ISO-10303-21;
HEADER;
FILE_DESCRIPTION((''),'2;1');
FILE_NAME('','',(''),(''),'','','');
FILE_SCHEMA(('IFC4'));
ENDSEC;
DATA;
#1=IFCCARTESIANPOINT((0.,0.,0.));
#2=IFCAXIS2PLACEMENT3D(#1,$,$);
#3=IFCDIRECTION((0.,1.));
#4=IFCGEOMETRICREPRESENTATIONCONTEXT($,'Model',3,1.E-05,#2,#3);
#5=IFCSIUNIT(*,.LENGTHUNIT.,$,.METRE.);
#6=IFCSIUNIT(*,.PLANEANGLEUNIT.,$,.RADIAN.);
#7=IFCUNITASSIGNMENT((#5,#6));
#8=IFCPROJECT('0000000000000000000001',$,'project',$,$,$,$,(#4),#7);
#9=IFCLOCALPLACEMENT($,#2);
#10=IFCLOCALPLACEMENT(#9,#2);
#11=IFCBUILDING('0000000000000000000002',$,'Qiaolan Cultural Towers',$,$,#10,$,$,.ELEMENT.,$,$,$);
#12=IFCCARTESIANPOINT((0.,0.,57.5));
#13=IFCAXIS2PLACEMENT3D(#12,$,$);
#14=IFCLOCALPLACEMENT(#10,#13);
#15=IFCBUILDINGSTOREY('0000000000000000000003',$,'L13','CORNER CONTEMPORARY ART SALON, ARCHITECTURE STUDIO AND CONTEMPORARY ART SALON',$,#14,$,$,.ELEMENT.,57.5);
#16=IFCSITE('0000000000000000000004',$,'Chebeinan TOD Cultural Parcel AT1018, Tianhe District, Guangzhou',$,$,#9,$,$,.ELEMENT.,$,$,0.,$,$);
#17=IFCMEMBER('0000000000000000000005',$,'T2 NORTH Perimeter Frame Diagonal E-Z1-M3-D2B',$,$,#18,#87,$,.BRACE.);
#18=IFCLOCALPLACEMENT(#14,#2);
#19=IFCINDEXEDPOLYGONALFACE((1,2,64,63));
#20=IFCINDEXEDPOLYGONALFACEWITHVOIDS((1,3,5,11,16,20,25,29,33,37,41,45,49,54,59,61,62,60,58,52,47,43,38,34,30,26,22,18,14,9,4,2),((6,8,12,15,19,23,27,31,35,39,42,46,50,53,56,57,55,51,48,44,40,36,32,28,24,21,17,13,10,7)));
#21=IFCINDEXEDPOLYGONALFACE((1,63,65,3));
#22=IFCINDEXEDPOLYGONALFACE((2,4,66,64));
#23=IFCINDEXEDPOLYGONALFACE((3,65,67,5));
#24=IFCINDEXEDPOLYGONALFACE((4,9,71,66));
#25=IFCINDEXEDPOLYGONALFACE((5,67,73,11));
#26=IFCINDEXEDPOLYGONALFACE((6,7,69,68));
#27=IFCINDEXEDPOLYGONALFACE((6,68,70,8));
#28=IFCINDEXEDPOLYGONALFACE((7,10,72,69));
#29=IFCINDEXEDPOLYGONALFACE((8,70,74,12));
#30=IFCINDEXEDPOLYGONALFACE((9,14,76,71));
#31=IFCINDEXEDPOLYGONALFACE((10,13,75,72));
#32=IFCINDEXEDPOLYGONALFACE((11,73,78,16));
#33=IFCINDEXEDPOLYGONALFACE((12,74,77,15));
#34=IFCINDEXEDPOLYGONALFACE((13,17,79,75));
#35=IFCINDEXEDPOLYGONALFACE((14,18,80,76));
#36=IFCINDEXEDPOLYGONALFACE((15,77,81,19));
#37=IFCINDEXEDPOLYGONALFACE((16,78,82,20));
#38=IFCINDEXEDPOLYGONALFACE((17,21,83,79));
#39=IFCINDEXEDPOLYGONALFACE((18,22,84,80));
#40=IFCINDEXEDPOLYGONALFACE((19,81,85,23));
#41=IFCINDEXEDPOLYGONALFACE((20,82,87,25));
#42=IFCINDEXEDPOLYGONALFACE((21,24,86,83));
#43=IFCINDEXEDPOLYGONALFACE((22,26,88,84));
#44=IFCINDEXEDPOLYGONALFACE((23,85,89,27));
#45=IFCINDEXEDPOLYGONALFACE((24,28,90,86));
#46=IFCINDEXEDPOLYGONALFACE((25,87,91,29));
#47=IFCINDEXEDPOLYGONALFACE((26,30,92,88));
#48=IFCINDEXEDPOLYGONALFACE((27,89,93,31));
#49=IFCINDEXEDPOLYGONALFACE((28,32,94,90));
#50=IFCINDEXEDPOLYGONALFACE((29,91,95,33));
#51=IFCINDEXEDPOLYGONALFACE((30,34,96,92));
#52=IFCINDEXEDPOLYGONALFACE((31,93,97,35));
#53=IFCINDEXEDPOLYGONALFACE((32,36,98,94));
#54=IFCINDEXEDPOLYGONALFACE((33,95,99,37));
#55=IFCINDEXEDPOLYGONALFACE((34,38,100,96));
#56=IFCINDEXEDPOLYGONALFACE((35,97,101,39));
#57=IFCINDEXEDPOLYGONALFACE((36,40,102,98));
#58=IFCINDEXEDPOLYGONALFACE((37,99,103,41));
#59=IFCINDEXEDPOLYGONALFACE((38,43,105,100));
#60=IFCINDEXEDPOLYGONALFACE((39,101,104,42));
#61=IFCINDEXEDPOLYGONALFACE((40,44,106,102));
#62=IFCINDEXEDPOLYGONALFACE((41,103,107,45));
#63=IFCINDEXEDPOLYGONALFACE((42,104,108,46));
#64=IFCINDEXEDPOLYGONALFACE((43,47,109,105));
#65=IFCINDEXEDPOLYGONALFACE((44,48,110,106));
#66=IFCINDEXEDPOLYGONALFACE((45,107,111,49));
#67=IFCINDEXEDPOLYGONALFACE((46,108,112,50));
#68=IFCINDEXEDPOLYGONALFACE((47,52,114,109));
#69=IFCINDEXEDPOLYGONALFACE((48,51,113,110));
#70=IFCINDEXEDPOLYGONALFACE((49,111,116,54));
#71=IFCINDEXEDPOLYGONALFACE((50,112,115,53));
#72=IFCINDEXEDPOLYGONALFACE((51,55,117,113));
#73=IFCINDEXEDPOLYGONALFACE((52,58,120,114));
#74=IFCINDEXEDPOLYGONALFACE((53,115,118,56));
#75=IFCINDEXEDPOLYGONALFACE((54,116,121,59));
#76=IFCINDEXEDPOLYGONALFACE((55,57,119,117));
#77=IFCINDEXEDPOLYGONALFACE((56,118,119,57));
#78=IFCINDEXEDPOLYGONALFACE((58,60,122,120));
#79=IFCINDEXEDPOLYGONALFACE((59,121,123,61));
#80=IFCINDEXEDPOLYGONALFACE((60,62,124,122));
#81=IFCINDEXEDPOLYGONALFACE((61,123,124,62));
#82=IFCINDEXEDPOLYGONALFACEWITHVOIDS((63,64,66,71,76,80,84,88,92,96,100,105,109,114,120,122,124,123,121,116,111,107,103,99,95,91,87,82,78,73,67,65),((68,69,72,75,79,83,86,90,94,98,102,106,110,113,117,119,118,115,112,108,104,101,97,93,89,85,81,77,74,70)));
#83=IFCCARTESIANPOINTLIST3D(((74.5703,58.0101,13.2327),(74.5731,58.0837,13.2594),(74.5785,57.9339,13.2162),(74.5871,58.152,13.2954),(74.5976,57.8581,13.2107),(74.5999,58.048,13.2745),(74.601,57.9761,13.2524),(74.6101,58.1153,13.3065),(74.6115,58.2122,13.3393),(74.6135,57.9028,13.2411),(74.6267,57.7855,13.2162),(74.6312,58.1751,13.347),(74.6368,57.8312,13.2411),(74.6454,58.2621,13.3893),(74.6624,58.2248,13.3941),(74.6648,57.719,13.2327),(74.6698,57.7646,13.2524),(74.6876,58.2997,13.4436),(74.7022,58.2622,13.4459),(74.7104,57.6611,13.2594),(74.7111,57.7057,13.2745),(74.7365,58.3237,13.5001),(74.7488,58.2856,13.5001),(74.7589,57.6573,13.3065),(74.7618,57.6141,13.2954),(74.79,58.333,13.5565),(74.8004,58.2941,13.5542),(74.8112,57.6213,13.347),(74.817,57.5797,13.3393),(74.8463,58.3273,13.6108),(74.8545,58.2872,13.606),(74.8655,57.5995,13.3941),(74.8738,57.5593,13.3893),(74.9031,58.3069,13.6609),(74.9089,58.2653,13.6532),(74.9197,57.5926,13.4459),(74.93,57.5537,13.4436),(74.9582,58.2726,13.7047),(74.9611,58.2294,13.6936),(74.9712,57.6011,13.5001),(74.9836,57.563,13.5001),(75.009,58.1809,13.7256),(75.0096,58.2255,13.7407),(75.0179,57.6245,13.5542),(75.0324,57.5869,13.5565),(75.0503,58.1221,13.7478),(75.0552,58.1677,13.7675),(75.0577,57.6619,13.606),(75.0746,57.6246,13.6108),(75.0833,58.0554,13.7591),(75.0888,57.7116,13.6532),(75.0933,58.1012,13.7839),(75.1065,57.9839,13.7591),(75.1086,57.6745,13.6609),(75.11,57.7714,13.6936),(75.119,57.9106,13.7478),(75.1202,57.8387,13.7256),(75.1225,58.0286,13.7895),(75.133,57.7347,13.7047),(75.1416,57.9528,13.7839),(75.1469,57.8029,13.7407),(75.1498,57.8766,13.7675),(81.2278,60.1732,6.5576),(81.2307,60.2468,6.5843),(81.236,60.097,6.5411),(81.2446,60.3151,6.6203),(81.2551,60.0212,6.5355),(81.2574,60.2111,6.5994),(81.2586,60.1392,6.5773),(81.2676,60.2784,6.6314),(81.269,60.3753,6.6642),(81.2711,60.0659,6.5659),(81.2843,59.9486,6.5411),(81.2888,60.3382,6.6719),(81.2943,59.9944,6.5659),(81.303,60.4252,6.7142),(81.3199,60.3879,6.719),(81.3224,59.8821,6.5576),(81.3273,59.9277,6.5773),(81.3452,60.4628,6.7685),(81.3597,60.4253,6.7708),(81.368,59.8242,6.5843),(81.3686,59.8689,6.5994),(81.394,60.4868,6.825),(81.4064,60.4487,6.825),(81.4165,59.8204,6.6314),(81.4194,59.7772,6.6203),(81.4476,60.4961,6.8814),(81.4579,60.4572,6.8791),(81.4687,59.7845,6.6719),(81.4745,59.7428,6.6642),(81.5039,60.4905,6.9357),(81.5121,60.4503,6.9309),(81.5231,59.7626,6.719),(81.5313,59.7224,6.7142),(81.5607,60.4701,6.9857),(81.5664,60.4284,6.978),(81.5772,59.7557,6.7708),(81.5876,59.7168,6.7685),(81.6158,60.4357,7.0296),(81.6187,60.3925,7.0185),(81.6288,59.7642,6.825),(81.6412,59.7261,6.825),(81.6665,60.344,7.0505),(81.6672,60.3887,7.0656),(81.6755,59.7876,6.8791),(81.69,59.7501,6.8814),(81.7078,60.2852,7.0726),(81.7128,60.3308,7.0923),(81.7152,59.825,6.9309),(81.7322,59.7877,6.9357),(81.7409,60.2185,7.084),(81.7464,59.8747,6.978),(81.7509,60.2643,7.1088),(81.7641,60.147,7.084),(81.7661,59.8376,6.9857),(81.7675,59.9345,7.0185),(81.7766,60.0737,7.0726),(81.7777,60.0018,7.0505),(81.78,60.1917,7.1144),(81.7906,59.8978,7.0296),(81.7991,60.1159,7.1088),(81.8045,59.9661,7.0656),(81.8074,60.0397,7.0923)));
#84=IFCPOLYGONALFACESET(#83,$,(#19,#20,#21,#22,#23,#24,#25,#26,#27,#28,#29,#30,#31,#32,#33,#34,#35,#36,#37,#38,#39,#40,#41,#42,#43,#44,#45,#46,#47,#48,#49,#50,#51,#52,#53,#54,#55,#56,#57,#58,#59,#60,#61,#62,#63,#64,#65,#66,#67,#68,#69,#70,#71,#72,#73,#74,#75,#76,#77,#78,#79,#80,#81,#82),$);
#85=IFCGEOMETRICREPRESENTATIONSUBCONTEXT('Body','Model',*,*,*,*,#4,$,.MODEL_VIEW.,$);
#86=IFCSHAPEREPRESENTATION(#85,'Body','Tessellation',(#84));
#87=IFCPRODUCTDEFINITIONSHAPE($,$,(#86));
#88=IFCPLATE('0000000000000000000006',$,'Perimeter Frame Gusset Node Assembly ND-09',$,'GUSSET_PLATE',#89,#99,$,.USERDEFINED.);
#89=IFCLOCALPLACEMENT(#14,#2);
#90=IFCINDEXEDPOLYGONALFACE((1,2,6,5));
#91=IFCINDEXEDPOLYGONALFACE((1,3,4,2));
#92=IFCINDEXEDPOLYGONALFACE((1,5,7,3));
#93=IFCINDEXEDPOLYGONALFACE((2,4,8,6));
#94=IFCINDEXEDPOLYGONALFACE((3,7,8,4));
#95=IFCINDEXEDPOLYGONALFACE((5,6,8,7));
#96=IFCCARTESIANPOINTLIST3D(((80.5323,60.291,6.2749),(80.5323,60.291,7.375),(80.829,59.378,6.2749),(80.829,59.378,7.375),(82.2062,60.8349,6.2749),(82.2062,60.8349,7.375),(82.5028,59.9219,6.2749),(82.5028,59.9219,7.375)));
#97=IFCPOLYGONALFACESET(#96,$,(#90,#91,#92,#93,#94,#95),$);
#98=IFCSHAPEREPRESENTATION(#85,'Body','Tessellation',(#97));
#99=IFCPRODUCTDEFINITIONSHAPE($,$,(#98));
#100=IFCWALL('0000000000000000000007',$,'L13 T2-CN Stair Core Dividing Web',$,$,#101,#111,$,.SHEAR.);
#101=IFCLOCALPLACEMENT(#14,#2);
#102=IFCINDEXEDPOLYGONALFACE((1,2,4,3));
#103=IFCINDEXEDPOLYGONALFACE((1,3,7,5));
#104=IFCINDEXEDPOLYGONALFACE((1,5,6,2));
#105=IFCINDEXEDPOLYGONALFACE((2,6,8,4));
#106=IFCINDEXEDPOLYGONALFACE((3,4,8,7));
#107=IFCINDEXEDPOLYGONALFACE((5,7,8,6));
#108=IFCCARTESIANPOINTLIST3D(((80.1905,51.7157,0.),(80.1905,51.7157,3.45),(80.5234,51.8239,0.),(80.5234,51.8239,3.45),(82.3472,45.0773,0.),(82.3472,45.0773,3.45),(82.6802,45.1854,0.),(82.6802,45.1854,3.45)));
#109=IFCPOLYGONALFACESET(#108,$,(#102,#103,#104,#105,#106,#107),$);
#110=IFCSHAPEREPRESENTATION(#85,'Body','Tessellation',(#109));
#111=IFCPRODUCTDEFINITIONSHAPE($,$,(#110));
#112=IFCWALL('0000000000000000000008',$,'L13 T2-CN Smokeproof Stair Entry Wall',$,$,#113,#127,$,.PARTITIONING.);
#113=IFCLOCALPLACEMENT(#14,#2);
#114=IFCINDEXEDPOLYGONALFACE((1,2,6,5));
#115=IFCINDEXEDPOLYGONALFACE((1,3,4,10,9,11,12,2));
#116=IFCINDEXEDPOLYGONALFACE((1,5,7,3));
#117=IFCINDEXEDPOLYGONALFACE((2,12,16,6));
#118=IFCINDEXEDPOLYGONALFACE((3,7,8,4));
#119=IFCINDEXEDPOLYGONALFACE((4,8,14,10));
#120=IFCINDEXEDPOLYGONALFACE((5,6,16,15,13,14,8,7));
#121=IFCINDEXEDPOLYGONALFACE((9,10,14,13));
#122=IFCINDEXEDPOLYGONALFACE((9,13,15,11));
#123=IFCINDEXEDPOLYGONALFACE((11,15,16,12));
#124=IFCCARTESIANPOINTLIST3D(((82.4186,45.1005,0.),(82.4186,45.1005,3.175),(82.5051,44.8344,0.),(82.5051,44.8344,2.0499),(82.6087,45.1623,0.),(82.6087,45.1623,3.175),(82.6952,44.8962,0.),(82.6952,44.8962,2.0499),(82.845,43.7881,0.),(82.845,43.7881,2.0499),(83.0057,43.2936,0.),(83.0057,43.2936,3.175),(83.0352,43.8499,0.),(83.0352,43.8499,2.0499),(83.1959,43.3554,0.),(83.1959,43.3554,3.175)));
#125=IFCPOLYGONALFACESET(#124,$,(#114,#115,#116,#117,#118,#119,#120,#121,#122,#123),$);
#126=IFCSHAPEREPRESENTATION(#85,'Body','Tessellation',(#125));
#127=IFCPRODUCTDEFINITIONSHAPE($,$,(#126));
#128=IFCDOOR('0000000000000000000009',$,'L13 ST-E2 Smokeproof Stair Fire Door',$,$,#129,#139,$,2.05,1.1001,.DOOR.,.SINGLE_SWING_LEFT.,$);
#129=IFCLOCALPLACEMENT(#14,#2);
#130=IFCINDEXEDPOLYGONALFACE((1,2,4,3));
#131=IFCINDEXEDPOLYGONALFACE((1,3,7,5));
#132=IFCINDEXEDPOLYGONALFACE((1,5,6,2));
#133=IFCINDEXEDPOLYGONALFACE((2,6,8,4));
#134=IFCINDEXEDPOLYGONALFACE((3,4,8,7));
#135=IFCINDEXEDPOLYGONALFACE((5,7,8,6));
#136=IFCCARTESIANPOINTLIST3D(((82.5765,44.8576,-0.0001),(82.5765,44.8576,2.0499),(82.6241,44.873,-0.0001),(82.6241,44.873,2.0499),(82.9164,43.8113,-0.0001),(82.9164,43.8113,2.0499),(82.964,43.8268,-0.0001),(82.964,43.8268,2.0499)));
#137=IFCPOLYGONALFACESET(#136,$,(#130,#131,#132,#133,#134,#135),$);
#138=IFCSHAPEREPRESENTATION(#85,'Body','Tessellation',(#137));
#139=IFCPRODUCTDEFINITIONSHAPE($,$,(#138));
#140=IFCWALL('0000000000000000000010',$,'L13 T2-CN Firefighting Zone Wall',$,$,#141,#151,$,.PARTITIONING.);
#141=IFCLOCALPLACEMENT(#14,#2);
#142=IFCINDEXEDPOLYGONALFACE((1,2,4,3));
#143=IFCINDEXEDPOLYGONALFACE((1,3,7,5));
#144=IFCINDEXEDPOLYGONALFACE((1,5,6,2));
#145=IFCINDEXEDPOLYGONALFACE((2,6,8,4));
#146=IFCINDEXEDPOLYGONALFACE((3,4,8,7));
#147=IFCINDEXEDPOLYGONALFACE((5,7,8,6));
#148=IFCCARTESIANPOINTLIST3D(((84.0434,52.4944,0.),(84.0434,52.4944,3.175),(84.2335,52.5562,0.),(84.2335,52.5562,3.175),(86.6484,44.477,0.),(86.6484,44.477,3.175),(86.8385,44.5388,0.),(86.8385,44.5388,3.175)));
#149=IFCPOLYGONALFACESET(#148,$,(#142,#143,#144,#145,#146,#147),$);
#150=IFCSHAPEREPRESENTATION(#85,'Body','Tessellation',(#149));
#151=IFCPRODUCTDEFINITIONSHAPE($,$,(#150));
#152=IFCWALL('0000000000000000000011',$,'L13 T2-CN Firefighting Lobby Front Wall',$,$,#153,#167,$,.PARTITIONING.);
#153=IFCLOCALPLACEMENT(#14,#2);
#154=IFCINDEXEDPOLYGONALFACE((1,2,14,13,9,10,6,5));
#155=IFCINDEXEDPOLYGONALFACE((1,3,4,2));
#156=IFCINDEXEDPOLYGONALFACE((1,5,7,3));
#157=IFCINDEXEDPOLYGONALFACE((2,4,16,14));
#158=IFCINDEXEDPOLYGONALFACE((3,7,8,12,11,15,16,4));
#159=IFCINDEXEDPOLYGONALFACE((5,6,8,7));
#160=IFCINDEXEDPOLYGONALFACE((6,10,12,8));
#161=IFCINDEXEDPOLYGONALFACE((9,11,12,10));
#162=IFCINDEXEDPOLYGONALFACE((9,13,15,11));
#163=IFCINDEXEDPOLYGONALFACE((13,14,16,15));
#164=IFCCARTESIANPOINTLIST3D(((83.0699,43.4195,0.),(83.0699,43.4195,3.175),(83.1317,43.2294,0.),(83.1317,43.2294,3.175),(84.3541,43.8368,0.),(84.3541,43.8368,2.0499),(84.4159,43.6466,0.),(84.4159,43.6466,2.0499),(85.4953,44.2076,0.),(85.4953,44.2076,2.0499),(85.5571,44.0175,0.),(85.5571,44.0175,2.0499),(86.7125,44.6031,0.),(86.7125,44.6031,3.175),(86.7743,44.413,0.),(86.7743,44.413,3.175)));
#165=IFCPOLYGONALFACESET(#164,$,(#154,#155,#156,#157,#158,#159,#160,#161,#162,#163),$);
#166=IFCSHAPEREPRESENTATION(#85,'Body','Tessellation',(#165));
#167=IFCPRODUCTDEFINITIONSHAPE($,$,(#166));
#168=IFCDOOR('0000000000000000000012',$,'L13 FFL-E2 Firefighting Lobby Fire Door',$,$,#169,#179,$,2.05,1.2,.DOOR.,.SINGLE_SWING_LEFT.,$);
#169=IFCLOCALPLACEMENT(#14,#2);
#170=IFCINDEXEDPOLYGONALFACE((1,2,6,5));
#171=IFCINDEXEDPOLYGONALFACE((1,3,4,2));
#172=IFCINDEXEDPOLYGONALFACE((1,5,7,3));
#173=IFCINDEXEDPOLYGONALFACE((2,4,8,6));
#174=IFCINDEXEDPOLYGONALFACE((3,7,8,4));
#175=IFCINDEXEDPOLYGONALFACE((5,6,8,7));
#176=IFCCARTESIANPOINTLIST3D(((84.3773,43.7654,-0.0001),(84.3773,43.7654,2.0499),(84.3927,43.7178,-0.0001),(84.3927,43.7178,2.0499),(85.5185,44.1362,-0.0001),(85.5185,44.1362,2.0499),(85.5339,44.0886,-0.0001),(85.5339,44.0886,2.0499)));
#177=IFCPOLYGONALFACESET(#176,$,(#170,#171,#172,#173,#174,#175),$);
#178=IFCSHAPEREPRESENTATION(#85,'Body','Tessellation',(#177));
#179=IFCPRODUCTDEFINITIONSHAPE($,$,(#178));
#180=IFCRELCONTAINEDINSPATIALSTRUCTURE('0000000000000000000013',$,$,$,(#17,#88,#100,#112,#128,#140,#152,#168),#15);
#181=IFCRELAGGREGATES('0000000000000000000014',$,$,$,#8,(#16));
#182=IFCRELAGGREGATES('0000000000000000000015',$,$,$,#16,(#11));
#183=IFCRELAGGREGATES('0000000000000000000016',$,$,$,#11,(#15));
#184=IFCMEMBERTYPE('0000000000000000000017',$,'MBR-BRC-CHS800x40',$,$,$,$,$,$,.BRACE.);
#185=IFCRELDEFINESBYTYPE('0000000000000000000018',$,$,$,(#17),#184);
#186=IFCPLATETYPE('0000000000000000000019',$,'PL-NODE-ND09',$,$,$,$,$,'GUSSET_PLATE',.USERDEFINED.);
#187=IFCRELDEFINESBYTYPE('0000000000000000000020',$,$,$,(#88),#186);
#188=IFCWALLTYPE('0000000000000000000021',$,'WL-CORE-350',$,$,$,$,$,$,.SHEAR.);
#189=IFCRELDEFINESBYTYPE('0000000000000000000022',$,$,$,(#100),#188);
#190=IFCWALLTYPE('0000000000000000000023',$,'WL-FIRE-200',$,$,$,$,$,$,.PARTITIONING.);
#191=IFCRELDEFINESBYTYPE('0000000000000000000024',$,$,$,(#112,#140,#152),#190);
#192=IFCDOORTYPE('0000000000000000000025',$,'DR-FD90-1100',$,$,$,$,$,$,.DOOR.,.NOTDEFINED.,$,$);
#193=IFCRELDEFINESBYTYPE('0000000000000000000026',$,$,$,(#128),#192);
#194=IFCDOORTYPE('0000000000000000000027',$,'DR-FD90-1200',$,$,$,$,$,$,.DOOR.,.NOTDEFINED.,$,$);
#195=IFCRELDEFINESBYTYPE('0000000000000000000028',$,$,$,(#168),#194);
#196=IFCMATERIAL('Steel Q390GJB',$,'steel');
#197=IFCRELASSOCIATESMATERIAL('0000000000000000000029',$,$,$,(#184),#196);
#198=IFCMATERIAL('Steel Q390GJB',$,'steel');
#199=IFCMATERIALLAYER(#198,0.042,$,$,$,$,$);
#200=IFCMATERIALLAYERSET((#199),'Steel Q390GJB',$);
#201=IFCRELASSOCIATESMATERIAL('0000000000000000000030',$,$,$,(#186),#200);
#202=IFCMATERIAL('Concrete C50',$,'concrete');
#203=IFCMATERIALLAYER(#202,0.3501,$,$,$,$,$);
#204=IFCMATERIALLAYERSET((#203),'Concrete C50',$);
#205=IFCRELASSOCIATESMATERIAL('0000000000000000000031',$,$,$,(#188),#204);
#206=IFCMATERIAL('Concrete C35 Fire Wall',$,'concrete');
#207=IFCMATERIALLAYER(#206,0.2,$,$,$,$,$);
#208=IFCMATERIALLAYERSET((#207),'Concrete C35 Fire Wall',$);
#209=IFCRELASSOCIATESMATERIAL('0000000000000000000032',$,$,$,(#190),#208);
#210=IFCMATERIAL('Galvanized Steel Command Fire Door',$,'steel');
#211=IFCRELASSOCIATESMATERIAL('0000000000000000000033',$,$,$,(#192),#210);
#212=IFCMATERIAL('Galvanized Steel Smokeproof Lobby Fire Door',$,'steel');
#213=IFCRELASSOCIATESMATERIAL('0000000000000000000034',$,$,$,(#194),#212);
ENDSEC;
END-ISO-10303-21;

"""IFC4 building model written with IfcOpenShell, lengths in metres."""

from ifc_helpers import new_model, si_unit, direction, frame, frame_2d, origin, origin_2d, place, context, subcontext, project, spatial, rectangle, hollow_circle, extrude, material, layer, layer_set, material_profile, profile_set, type_object, element, fill, save


model = new_model("IFC4")

# Units and contexts
model_context = context("Model", 3, precision=1e-05, world=origin(), true_north=direction((0.0, 1.0)))
body_context = subcontext(model_context, "Body", "Model", "MODEL_VIEW")
ifc_project = project(units=[si_unit("LENGTHUNIT", "METRE"), si_unit("PLANEANGLEUNIT", "RADIAN")], contexts=[model_context])

# Site, building, storey
site_placement = place(None, origin())
site = spatial("IfcSite", under=ifc_project, at=site_placement, Name="Chebeinan TOD Cultural Parcel AT1018, Tianhe District, Guangzhou", CompositionType="ELEMENT", RefElevation=0.0)
building_placement = place(site_placement, origin())
building = spatial("IfcBuilding", under=site, at=building_placement, Name="Qiaolan Cultural Towers", CompositionType="ELEMENT")
storey_placement = place(building_placement, frame((0.0, 0.0, 57.5)))
storey = spatial("IfcBuildingStorey", under=building, at=storey_placement, Name="L13", Description="CORNER CONTEMPORARY ART SALON, ARCHITECTURE STUDIO AND CONTEMPORARY ART SALON", CompositionType="ELEMENT", Elevation=57.5)

# Member
ifc_material_1 = material(Name="Steel Q390GJB", Category="steel")
ifc_material_profile_1 = material_profile(ifc_material_1, hollow_circle(Radius=0.3999, WallThickness=0.04, at=origin_2d()), Name="CHS800x40")
ifc_profile_set_1 = profile_set([ifc_material_profile_1], Name="Steel Q390GJB")
member_type = type_object("IfcMemberType", Name="MBR-BRC-CHS800x40", PredefinedType="BRACE", material=ifc_profile_set_1)
member_placement = place(storey_placement, frame((81.5176, 60.1064, 6.825), z_axis=(-0.688289, -0.223633, 0.690106), x_axis=(0.30901, -0.951059, 0.0)))
element("IfcMember", 1, at=member_placement, inside=storey, type_object=member_type, Name="T2 NORTH Perimeter Frame Diagonal E-Z1-M3-D2B", PredefinedType="BRACE", context=body_context, shape_type="SweptSolid", body=[
    extrude(hollow_circle(Radius=0.3999, WallThickness=0.04, at=origin_2d()), origin(), (0.0, 0.0, 1.0), 9.6726),
])

# Plate
ifc_material_2 = material(Name="Steel Q390GJB", Category="steel")
ifc_layer_1 = layer(ifc_material_2, 0.042)
ifc_layer_set_1 = layer_set([ifc_layer_1], Name="Steel Q390GJB")
plate_type = type_object("IfcPlateType", Name="PL-NODE-ND09", ElementType="GUSSET_PLATE", PredefinedType="USERDEFINED", material=ifc_layer_set_1)
plate_placement = place(storey_placement, frame((81.5176, 60.1064, 6.2749), z_axis=(0.0, 0.0, 1.0), x_axis=(0.951057, 0.309017, 0.0)))
element("IfcPlate", 2, at=plate_placement, inside=storey, type_object=plate_type, Name="Perimeter Frame Gusset Node Assembly ND-09", ObjectType="GUSSET_PLATE", PredefinedType="USERDEFINED", context=body_context, shape_type="SweptSolid", body=[
    extrude(rectangle(XDim=1.76, YDim=0.96, at=origin_2d()), origin(), (0.0, 0.0, 1.0), 1.1001),
])

# Wall
ifc_material_3 = material(Name="Concrete C50", Category="concrete")
ifc_layer_2 = layer(ifc_material_3, 0.3501)
ifc_layer_set_2 = layer_set([ifc_layer_2], Name="Concrete C50")
wall_type_1 = type_object("IfcWallType", Name="WL-CORE-350", PredefinedType="SHEAR", material=ifc_layer_set_2)
wall_1_placement = place(storey_placement, frame((82.5137, 45.1313, 0.0), z_axis=(0.0, 0.0, 1.0), x_axis=(-0.308989, 0.951066, 0.0)))
element("IfcWall", 3, at=wall_1_placement, inside=storey, type_object=wall_type_1, Name="L13 T2-CN Stair Core Dividing Web", PredefinedType="SHEAR", context=body_context, shape_type="SweptSolid", body=[
    extrude(rectangle(XDim=6.98, YDim=0.3501, at=frame_2d((3.49, 0.0))), origin(), (0.0, 0.0, 1.0), 3.45),
])

# Wall, opening, door
ifc_material_4 = material(Name="Concrete C35 Fire Wall", Category="concrete")
ifc_layer_3 = layer(ifc_material_4, 0.2)
ifc_layer_set_3 = layer_set([ifc_layer_3], Name="Concrete C35 Fire Wall")
wall_type_2 = type_object("IfcWallType", Name="WL-FIRE-200", PredefinedType="PARTITIONING", material=ifc_layer_set_3)
wall_2_placement = place(storey_placement, frame((83.1008, 43.3245, 0.0), z_axis=(0.0, 0.0, 1.0), x_axis=(-0.309048, 0.951046, 0.0)))
wall_2 = element("IfcWall", 4, at=wall_2_placement, inside=storey, type_object=wall_type_2, Name="L13 T2-CN Smokeproof Stair Entry Wall", PredefinedType="PARTITIONING", context=body_context, shape_type="SweptSolid", body=[
    extrude(rectangle(XDim=1.8999, YDim=0.2, at=frame_2d((0.95, 0.0))), origin(), (0.0, 0.0, 1.0), 3.175),
])
opening_1_placement = place(wall_2_placement, frame((0.52, 0.0, 0.0)))
opening_1 = element("IfcOpeningElement", 5, at=opening_1_placement, cuts=wall_2, PredefinedType="OPENING", context=body_context, shape_type="SweptSolid", body=[
    extrude(rectangle(XDim=1.1001, YDim=2.05, at=frame_2d((0.55, 1.0249))), frame((0.0, 0.1099, 0.0), z_axis=(0.0, -1.0, 0.0), x_axis=(1.0, 0.0, 0.0)), (0.0, 0.0, 1.0), 0.22),
])
ifc_material_5 = material(Name="Galvanized Steel Command Fire Door", Category="steel")
door_type_1 = type_object("IfcDoorType", Name="DR-FD90-1100", OperationType="NOTDEFINED", PredefinedType="DOOR", material=ifc_material_5)
door_1_placement = place(opening_1_placement, origin())
door_1 = element("IfcDoor", 6, at=door_1_placement, inside=storey, type_object=door_type_1, Name="L13 ST-E2 Smokeproof Stair Fire Door", OperationType="SINGLE_SWING_LEFT", OverallHeight=2.05, OverallWidth=1.1001, PredefinedType="DOOR", context=body_context, shape_type="SweptSolid", body=[
    extrude(rectangle(XDim=1.1001, YDim=2.05, at=frame_2d((0.55, 1.0249))), frame((0.0, 0.0249, 0.0), z_axis=(0.0, -1.0, 0.0), x_axis=(1.0, 0.0, 0.0)), (0.0, 0.0, 1.0), 0.05),
])
fill(opening_1, door_1)

# Wall
wall_3_placement = place(storey_placement, frame((86.7434, 44.5081, 0.0), z_axis=(0.0, 0.0, 1.0), x_axis=(-0.309016, 0.951057, 0.0)))
element("IfcWall", 7, at=wall_3_placement, inside=storey, type_object=wall_type_2, Name="L13 T2-CN Firefighting Zone Wall", PredefinedType="PARTITIONING", context=body_context, shape_type="SweptSolid", body=[
    extrude(rectangle(XDim=8.4299, YDim=0.2, at=frame_2d((4.2148, 0.0))), origin(), (0.0, 0.0, 1.0), 3.175),
])

# Wall, opening, door
wall_4_placement = place(storey_placement, frame((83.1008, 43.3245, 0.0), z_axis=(0.0, 0.0, 1.0), x_axis=(0.951053, 0.309028, 0.0)))
wall_4 = element("IfcWall", 8, at=wall_4_placement, inside=storey, type_object=wall_type_2, Name="L13 T2-CN Firefighting Lobby Front Wall", PredefinedType="PARTITIONING", context=body_context, shape_type="SweptSolid", body=[
    extrude(rectangle(XDim=3.8301, YDim=0.2, at=frame_2d((1.915, 0.0))), origin(), (0.0, 0.0, 1.0), 3.175),
])
opening_2_placement = place(wall_4_placement, frame((1.3501, 0.0, 0.0)))
opening_2 = element("IfcOpeningElement", 9, at=opening_2_placement, cuts=wall_4, PredefinedType="OPENING", context=body_context, shape_type="SweptSolid", body=[
    extrude(rectangle(XDim=1.2, YDim=2.05, at=frame_2d((0.6001, 1.0249))), frame((0.0, 0.1099, 0.0), z_axis=(0.0, -1.0, 0.0), x_axis=(1.0, 0.0, 0.0)), (0.0, 0.0, 1.0), 0.22),
])
ifc_material_6 = material(Name="Galvanized Steel Smokeproof Lobby Fire Door", Category="steel")
door_type_2 = type_object("IfcDoorType", Name="DR-FD90-1200", OperationType="NOTDEFINED", PredefinedType="DOOR", material=ifc_material_6)
door_2_placement = place(opening_2_placement, origin())
door_2 = element("IfcDoor", 10, at=door_2_placement, inside=storey, type_object=door_type_2, Name="L13 FFL-E2 Firefighting Lobby Fire Door", OperationType="SINGLE_SWING_LEFT", OverallHeight=2.05, OverallWidth=1.2, PredefinedType="DOOR", context=body_context, shape_type="SweptSolid", body=[
    extrude(rectangle(XDim=1.2, YDim=2.05, at=frame_2d((0.6001, 1.0249))), frame((0.0, 0.0249, 0.0), z_axis=(0.0, -1.0, 0.0), x_axis=(1.0, 0.0, 0.0)), (0.0, 0.0, 1.0), 0.05),
])
fill(opening_2, door_2)

save(model, "model.ifc")
